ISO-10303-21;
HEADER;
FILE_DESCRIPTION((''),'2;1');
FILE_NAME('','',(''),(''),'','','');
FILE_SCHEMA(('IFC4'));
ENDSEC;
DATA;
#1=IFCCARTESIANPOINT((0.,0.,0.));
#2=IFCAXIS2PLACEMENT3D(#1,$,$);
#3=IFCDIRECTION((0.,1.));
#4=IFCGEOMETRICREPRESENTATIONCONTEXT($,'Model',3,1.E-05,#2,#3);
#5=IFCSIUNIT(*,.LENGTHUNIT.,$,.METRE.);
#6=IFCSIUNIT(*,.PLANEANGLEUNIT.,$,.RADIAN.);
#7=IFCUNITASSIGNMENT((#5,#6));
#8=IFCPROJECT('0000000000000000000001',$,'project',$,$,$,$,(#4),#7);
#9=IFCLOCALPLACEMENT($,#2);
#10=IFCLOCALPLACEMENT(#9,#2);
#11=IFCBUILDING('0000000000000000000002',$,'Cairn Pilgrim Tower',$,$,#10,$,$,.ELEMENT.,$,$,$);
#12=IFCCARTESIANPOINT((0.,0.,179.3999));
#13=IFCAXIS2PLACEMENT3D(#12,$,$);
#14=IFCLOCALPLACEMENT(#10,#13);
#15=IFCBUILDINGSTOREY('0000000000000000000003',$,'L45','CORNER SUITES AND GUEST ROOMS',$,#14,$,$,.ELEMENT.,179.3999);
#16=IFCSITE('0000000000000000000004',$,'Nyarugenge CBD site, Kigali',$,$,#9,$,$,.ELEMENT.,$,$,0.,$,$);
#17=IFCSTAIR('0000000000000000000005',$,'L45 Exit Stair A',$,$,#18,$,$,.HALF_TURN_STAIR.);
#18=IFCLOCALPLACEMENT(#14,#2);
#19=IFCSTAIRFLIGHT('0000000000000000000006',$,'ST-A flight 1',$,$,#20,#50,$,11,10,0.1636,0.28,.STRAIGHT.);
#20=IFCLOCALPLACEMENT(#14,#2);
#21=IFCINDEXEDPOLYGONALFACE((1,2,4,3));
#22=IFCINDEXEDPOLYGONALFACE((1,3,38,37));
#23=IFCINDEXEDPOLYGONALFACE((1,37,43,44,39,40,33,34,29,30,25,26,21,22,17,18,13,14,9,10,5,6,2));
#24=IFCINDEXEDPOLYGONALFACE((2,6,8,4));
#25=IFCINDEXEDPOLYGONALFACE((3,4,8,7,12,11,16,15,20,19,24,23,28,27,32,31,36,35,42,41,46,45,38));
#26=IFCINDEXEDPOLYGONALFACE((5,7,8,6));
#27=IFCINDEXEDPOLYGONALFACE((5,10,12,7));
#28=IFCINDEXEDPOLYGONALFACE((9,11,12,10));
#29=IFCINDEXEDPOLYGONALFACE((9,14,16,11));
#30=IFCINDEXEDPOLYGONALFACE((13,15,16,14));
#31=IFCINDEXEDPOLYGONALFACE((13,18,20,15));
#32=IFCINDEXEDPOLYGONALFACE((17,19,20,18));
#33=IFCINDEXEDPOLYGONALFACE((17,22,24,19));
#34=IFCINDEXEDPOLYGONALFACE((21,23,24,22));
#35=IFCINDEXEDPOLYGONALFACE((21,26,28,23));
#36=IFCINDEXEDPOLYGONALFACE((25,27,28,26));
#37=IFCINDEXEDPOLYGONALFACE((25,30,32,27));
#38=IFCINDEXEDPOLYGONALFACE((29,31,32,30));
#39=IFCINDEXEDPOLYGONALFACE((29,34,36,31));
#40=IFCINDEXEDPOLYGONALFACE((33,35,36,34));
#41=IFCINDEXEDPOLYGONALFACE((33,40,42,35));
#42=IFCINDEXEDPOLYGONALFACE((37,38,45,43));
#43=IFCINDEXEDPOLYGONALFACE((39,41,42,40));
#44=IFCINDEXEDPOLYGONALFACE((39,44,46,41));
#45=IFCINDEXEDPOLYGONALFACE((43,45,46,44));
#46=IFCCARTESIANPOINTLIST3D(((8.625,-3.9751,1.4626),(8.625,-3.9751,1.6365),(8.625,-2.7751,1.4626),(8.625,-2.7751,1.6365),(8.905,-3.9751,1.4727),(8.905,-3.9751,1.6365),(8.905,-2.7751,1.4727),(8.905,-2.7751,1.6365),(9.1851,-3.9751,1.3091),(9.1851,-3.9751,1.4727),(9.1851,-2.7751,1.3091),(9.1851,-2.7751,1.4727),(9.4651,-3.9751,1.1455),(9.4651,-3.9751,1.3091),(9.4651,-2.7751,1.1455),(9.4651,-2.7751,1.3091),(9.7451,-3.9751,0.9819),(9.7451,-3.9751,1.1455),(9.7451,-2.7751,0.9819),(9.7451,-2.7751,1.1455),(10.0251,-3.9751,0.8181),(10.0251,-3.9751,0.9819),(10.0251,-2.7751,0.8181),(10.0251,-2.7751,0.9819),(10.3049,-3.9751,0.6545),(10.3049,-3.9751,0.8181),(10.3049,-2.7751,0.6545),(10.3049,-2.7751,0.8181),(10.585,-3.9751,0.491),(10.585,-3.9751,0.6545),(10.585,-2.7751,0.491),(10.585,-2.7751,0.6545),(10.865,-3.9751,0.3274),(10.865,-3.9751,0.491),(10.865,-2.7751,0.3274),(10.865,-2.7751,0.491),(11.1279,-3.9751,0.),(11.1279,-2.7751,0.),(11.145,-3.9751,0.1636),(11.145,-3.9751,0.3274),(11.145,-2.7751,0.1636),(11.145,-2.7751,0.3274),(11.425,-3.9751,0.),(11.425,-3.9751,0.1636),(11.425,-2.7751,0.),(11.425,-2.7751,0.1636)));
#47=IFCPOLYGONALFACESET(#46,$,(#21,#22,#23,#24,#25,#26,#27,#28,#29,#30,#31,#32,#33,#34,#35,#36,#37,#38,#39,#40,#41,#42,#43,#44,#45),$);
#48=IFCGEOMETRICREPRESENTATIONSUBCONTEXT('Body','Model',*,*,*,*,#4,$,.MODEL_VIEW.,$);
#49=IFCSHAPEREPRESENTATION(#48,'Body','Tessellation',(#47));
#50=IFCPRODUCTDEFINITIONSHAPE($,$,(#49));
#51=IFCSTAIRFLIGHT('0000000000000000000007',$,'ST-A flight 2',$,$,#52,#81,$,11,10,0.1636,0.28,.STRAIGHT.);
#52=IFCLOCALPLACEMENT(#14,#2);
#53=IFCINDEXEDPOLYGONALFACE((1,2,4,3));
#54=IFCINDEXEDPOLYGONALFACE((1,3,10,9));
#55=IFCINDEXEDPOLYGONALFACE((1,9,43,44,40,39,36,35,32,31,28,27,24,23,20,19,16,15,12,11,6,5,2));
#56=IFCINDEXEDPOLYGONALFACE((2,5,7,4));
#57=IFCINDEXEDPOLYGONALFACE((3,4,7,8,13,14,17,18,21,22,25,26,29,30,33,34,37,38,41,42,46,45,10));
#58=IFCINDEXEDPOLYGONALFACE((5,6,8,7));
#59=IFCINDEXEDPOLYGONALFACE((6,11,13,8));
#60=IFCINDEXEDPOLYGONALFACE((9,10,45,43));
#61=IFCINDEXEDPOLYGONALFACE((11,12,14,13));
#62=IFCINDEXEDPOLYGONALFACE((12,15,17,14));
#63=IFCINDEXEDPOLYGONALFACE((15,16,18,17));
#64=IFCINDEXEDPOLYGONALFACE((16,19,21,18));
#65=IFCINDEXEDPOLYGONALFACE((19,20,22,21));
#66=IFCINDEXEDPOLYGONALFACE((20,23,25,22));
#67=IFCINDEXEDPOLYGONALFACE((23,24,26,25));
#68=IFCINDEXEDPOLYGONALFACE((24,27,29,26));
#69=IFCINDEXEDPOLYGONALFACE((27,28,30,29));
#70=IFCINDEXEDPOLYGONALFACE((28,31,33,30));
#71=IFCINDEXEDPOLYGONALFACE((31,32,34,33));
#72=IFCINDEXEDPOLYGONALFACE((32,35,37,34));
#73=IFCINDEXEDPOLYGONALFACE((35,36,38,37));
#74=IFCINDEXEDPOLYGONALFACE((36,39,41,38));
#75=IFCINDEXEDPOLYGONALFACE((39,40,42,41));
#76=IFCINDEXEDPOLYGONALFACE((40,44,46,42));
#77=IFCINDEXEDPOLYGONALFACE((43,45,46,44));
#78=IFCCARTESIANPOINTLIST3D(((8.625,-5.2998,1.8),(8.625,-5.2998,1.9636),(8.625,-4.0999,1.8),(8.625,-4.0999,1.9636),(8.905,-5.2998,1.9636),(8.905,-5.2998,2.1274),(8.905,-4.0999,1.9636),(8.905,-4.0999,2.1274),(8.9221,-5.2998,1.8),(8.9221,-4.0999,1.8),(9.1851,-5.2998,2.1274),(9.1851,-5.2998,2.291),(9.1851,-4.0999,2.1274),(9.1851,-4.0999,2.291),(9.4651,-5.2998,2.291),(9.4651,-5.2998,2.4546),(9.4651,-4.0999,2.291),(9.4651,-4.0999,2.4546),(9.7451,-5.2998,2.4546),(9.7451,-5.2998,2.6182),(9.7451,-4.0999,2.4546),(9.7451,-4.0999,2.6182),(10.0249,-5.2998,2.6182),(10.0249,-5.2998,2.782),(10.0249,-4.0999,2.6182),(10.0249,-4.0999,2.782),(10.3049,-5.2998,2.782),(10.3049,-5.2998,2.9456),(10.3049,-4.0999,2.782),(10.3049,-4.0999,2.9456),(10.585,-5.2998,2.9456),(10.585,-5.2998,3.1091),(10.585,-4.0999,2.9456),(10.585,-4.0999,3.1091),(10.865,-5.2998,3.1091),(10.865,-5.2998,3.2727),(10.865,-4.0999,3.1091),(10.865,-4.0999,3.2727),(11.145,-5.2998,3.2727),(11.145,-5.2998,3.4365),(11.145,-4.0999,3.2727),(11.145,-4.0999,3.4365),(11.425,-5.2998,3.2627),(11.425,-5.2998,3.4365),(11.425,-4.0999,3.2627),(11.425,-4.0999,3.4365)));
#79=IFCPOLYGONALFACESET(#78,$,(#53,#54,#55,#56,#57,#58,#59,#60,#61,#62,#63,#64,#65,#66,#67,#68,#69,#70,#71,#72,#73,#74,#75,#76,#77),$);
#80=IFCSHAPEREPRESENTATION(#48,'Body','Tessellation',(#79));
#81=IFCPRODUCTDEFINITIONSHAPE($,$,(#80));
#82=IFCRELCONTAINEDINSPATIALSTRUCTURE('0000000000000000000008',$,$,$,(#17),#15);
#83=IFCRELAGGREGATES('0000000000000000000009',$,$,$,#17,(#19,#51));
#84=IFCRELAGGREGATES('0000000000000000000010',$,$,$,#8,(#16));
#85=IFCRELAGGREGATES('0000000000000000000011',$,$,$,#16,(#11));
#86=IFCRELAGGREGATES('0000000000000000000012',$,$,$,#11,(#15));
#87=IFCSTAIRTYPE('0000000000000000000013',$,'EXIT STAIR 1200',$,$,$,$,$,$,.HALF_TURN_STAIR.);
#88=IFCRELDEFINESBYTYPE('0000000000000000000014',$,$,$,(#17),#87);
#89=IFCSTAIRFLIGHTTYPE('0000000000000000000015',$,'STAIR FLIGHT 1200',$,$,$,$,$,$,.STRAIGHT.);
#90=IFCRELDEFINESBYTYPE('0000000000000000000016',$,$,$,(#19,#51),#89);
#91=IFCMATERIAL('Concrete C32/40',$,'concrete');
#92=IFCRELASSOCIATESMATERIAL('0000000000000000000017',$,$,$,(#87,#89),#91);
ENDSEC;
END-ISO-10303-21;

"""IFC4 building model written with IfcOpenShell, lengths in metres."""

from ifc_helpers import new_model, si_unit, direction, frame, origin, place, context, subcontext, project, spatial, polyline, outline, extrude, material, type_object, element, aggregate, save


model = new_model("IFC4")

# Units and contexts
model_context = context("Model", 3, precision=1e-05, world=origin(), true_north=direction((0.0, 1.0)))
body_context = subcontext(model_context, "Body", "Model", "MODEL_VIEW")
ifc_project = project(units=[si_unit("LENGTHUNIT", "METRE"), si_unit("PLANEANGLEUNIT", "RADIAN")], contexts=[model_context])

# Site, building, storey
site_placement = place(None, origin())
site = spatial("IfcSite", under=ifc_project, at=site_placement, Name="Nyarugenge CBD site, Kigali", CompositionType="ELEMENT", RefElevation=0.0)
building_placement = place(site_placement, origin())
building = spatial("IfcBuilding", under=site, at=building_placement, Name="Cairn Pilgrim Tower", CompositionType="ELEMENT")
storey_placement = place(building_placement, frame((0.0, 0.0, 179.3999)))
storey = spatial("IfcBuildingStorey", under=building, at=storey_placement, Name="L45", Description="CORNER SUITES AND GUEST ROOMS", CompositionType="ELEMENT", Elevation=179.3999)

# Shared definitions
ifc_material_1 = material(Name="Concrete C32/40", Category="concrete")

# Stair, stair flights
stair_type = type_object("IfcStairType", Name="EXIT STAIR 1200", PredefinedType="HALF_TURN_STAIR", material=ifc_material_1)
stair_placement = place(storey_placement, origin())
stair = element("IfcStair", 1, at=stair_placement, inside=storey, type_object=stair_type, Name="L45 Exit Stair A", PredefinedType="HALF_TURN_STAIR")
stair_flight_type = type_object("IfcStairFlightType", Name="STAIR FLIGHT 1200", PredefinedType="STRAIGHT", material=ifc_material_1)
stair_flight_1_placement = place(storey_placement, frame((11.425, -3.375, 0.0), z_axis=(0.0, 0.0, 1.0), x_axis=(-1.0, 0.0, 0.0)))
stair_flight_1 = element("IfcStairFlight", 2, at=stair_flight_1_placement, type_object=stair_flight_type, Name="ST-A flight 1", NumberOfRisers=11, NumberOfTreads=10, PredefinedType="STRAIGHT", RiserHeight=0.1636, TreadLength=0.28, context=body_context, shape_type="SweptSolid", body=[
    extrude(outline(polyline([(0.0, 0.0), (0.0, 0.1636), (0.28, 0.1636), (0.28, 0.3274), (0.5601, 0.3274), (0.5601, 0.491), (0.8401, 0.491), (0.8401, 0.6545), (1.1201, 0.6545), (1.1201, 0.8181), (1.3999, 0.8181), (1.3999, 0.9819), (1.6799, 0.9819), (1.6799, 1.1455), (1.96, 1.1455), (1.96, 1.3091), (2.24, 1.3091), (2.24, 1.4727), (2.52, 1.4727), (2.52, 1.6365), (2.8, 1.6365), (2.8, 1.8), (2.8, 1.4626), (0.2971, 0.0), (0.0, 0.0)])), frame((0.0, 0.6001, 0.0), z_axis=(0.0, -1.0, 0.0), x_axis=(1.0, 0.0, 0.0)), (0.0, 0.0, 1.0), 1.2),
])
stair_flight_2_placement = place(storey_placement, frame((8.625, -4.7, 1.8), z_axis=(0.0, 0.0, 1.0), x_axis=(1.0, 0.0, 0.0)))
stair_flight_2 = element("IfcStairFlight", 3, at=stair_flight_2_placement, type_object=stair_flight_type, Name="ST-A flight 2", NumberOfRisers=11, NumberOfTreads=10, PredefinedType="STRAIGHT", RiserHeight=0.1636, TreadLength=0.28, context=body_context, shape_type="SweptSolid", body=[
    extrude(outline(polyline([(0.0, 0.0), (0.0, 0.1636), (0.28, 0.1636), (0.28, 0.3274), (0.5601, 0.3274), (0.5601, 0.491), (0.8401, 0.491), (0.8401, 0.6545), (1.1201, 0.6545), (1.1201, 0.8181), (1.3999, 0.8181), (1.3999, 0.9819), (1.6799, 0.9819), (1.6799, 1.1455), (1.96, 1.1455), (1.96, 1.3091), (2.24, 1.3091), (2.24, 1.4727), (2.52, 1.4727), (2.52, 1.6365), (2.8, 1.6365), (2.8, 1.8), (2.8, 1.4626), (0.2971, 0.0), (0.0, 0.0)])), frame((0.0, 0.6001, 0.0), z_axis=(0.0, -1.0, 0.0), x_axis=(1.0, 0.0, 0.0)), (0.0, 0.0, 1.0), 1.2),
])
aggregate(stair, [stair_flight_1, stair_flight_2])

save(model, "model.ifc")
